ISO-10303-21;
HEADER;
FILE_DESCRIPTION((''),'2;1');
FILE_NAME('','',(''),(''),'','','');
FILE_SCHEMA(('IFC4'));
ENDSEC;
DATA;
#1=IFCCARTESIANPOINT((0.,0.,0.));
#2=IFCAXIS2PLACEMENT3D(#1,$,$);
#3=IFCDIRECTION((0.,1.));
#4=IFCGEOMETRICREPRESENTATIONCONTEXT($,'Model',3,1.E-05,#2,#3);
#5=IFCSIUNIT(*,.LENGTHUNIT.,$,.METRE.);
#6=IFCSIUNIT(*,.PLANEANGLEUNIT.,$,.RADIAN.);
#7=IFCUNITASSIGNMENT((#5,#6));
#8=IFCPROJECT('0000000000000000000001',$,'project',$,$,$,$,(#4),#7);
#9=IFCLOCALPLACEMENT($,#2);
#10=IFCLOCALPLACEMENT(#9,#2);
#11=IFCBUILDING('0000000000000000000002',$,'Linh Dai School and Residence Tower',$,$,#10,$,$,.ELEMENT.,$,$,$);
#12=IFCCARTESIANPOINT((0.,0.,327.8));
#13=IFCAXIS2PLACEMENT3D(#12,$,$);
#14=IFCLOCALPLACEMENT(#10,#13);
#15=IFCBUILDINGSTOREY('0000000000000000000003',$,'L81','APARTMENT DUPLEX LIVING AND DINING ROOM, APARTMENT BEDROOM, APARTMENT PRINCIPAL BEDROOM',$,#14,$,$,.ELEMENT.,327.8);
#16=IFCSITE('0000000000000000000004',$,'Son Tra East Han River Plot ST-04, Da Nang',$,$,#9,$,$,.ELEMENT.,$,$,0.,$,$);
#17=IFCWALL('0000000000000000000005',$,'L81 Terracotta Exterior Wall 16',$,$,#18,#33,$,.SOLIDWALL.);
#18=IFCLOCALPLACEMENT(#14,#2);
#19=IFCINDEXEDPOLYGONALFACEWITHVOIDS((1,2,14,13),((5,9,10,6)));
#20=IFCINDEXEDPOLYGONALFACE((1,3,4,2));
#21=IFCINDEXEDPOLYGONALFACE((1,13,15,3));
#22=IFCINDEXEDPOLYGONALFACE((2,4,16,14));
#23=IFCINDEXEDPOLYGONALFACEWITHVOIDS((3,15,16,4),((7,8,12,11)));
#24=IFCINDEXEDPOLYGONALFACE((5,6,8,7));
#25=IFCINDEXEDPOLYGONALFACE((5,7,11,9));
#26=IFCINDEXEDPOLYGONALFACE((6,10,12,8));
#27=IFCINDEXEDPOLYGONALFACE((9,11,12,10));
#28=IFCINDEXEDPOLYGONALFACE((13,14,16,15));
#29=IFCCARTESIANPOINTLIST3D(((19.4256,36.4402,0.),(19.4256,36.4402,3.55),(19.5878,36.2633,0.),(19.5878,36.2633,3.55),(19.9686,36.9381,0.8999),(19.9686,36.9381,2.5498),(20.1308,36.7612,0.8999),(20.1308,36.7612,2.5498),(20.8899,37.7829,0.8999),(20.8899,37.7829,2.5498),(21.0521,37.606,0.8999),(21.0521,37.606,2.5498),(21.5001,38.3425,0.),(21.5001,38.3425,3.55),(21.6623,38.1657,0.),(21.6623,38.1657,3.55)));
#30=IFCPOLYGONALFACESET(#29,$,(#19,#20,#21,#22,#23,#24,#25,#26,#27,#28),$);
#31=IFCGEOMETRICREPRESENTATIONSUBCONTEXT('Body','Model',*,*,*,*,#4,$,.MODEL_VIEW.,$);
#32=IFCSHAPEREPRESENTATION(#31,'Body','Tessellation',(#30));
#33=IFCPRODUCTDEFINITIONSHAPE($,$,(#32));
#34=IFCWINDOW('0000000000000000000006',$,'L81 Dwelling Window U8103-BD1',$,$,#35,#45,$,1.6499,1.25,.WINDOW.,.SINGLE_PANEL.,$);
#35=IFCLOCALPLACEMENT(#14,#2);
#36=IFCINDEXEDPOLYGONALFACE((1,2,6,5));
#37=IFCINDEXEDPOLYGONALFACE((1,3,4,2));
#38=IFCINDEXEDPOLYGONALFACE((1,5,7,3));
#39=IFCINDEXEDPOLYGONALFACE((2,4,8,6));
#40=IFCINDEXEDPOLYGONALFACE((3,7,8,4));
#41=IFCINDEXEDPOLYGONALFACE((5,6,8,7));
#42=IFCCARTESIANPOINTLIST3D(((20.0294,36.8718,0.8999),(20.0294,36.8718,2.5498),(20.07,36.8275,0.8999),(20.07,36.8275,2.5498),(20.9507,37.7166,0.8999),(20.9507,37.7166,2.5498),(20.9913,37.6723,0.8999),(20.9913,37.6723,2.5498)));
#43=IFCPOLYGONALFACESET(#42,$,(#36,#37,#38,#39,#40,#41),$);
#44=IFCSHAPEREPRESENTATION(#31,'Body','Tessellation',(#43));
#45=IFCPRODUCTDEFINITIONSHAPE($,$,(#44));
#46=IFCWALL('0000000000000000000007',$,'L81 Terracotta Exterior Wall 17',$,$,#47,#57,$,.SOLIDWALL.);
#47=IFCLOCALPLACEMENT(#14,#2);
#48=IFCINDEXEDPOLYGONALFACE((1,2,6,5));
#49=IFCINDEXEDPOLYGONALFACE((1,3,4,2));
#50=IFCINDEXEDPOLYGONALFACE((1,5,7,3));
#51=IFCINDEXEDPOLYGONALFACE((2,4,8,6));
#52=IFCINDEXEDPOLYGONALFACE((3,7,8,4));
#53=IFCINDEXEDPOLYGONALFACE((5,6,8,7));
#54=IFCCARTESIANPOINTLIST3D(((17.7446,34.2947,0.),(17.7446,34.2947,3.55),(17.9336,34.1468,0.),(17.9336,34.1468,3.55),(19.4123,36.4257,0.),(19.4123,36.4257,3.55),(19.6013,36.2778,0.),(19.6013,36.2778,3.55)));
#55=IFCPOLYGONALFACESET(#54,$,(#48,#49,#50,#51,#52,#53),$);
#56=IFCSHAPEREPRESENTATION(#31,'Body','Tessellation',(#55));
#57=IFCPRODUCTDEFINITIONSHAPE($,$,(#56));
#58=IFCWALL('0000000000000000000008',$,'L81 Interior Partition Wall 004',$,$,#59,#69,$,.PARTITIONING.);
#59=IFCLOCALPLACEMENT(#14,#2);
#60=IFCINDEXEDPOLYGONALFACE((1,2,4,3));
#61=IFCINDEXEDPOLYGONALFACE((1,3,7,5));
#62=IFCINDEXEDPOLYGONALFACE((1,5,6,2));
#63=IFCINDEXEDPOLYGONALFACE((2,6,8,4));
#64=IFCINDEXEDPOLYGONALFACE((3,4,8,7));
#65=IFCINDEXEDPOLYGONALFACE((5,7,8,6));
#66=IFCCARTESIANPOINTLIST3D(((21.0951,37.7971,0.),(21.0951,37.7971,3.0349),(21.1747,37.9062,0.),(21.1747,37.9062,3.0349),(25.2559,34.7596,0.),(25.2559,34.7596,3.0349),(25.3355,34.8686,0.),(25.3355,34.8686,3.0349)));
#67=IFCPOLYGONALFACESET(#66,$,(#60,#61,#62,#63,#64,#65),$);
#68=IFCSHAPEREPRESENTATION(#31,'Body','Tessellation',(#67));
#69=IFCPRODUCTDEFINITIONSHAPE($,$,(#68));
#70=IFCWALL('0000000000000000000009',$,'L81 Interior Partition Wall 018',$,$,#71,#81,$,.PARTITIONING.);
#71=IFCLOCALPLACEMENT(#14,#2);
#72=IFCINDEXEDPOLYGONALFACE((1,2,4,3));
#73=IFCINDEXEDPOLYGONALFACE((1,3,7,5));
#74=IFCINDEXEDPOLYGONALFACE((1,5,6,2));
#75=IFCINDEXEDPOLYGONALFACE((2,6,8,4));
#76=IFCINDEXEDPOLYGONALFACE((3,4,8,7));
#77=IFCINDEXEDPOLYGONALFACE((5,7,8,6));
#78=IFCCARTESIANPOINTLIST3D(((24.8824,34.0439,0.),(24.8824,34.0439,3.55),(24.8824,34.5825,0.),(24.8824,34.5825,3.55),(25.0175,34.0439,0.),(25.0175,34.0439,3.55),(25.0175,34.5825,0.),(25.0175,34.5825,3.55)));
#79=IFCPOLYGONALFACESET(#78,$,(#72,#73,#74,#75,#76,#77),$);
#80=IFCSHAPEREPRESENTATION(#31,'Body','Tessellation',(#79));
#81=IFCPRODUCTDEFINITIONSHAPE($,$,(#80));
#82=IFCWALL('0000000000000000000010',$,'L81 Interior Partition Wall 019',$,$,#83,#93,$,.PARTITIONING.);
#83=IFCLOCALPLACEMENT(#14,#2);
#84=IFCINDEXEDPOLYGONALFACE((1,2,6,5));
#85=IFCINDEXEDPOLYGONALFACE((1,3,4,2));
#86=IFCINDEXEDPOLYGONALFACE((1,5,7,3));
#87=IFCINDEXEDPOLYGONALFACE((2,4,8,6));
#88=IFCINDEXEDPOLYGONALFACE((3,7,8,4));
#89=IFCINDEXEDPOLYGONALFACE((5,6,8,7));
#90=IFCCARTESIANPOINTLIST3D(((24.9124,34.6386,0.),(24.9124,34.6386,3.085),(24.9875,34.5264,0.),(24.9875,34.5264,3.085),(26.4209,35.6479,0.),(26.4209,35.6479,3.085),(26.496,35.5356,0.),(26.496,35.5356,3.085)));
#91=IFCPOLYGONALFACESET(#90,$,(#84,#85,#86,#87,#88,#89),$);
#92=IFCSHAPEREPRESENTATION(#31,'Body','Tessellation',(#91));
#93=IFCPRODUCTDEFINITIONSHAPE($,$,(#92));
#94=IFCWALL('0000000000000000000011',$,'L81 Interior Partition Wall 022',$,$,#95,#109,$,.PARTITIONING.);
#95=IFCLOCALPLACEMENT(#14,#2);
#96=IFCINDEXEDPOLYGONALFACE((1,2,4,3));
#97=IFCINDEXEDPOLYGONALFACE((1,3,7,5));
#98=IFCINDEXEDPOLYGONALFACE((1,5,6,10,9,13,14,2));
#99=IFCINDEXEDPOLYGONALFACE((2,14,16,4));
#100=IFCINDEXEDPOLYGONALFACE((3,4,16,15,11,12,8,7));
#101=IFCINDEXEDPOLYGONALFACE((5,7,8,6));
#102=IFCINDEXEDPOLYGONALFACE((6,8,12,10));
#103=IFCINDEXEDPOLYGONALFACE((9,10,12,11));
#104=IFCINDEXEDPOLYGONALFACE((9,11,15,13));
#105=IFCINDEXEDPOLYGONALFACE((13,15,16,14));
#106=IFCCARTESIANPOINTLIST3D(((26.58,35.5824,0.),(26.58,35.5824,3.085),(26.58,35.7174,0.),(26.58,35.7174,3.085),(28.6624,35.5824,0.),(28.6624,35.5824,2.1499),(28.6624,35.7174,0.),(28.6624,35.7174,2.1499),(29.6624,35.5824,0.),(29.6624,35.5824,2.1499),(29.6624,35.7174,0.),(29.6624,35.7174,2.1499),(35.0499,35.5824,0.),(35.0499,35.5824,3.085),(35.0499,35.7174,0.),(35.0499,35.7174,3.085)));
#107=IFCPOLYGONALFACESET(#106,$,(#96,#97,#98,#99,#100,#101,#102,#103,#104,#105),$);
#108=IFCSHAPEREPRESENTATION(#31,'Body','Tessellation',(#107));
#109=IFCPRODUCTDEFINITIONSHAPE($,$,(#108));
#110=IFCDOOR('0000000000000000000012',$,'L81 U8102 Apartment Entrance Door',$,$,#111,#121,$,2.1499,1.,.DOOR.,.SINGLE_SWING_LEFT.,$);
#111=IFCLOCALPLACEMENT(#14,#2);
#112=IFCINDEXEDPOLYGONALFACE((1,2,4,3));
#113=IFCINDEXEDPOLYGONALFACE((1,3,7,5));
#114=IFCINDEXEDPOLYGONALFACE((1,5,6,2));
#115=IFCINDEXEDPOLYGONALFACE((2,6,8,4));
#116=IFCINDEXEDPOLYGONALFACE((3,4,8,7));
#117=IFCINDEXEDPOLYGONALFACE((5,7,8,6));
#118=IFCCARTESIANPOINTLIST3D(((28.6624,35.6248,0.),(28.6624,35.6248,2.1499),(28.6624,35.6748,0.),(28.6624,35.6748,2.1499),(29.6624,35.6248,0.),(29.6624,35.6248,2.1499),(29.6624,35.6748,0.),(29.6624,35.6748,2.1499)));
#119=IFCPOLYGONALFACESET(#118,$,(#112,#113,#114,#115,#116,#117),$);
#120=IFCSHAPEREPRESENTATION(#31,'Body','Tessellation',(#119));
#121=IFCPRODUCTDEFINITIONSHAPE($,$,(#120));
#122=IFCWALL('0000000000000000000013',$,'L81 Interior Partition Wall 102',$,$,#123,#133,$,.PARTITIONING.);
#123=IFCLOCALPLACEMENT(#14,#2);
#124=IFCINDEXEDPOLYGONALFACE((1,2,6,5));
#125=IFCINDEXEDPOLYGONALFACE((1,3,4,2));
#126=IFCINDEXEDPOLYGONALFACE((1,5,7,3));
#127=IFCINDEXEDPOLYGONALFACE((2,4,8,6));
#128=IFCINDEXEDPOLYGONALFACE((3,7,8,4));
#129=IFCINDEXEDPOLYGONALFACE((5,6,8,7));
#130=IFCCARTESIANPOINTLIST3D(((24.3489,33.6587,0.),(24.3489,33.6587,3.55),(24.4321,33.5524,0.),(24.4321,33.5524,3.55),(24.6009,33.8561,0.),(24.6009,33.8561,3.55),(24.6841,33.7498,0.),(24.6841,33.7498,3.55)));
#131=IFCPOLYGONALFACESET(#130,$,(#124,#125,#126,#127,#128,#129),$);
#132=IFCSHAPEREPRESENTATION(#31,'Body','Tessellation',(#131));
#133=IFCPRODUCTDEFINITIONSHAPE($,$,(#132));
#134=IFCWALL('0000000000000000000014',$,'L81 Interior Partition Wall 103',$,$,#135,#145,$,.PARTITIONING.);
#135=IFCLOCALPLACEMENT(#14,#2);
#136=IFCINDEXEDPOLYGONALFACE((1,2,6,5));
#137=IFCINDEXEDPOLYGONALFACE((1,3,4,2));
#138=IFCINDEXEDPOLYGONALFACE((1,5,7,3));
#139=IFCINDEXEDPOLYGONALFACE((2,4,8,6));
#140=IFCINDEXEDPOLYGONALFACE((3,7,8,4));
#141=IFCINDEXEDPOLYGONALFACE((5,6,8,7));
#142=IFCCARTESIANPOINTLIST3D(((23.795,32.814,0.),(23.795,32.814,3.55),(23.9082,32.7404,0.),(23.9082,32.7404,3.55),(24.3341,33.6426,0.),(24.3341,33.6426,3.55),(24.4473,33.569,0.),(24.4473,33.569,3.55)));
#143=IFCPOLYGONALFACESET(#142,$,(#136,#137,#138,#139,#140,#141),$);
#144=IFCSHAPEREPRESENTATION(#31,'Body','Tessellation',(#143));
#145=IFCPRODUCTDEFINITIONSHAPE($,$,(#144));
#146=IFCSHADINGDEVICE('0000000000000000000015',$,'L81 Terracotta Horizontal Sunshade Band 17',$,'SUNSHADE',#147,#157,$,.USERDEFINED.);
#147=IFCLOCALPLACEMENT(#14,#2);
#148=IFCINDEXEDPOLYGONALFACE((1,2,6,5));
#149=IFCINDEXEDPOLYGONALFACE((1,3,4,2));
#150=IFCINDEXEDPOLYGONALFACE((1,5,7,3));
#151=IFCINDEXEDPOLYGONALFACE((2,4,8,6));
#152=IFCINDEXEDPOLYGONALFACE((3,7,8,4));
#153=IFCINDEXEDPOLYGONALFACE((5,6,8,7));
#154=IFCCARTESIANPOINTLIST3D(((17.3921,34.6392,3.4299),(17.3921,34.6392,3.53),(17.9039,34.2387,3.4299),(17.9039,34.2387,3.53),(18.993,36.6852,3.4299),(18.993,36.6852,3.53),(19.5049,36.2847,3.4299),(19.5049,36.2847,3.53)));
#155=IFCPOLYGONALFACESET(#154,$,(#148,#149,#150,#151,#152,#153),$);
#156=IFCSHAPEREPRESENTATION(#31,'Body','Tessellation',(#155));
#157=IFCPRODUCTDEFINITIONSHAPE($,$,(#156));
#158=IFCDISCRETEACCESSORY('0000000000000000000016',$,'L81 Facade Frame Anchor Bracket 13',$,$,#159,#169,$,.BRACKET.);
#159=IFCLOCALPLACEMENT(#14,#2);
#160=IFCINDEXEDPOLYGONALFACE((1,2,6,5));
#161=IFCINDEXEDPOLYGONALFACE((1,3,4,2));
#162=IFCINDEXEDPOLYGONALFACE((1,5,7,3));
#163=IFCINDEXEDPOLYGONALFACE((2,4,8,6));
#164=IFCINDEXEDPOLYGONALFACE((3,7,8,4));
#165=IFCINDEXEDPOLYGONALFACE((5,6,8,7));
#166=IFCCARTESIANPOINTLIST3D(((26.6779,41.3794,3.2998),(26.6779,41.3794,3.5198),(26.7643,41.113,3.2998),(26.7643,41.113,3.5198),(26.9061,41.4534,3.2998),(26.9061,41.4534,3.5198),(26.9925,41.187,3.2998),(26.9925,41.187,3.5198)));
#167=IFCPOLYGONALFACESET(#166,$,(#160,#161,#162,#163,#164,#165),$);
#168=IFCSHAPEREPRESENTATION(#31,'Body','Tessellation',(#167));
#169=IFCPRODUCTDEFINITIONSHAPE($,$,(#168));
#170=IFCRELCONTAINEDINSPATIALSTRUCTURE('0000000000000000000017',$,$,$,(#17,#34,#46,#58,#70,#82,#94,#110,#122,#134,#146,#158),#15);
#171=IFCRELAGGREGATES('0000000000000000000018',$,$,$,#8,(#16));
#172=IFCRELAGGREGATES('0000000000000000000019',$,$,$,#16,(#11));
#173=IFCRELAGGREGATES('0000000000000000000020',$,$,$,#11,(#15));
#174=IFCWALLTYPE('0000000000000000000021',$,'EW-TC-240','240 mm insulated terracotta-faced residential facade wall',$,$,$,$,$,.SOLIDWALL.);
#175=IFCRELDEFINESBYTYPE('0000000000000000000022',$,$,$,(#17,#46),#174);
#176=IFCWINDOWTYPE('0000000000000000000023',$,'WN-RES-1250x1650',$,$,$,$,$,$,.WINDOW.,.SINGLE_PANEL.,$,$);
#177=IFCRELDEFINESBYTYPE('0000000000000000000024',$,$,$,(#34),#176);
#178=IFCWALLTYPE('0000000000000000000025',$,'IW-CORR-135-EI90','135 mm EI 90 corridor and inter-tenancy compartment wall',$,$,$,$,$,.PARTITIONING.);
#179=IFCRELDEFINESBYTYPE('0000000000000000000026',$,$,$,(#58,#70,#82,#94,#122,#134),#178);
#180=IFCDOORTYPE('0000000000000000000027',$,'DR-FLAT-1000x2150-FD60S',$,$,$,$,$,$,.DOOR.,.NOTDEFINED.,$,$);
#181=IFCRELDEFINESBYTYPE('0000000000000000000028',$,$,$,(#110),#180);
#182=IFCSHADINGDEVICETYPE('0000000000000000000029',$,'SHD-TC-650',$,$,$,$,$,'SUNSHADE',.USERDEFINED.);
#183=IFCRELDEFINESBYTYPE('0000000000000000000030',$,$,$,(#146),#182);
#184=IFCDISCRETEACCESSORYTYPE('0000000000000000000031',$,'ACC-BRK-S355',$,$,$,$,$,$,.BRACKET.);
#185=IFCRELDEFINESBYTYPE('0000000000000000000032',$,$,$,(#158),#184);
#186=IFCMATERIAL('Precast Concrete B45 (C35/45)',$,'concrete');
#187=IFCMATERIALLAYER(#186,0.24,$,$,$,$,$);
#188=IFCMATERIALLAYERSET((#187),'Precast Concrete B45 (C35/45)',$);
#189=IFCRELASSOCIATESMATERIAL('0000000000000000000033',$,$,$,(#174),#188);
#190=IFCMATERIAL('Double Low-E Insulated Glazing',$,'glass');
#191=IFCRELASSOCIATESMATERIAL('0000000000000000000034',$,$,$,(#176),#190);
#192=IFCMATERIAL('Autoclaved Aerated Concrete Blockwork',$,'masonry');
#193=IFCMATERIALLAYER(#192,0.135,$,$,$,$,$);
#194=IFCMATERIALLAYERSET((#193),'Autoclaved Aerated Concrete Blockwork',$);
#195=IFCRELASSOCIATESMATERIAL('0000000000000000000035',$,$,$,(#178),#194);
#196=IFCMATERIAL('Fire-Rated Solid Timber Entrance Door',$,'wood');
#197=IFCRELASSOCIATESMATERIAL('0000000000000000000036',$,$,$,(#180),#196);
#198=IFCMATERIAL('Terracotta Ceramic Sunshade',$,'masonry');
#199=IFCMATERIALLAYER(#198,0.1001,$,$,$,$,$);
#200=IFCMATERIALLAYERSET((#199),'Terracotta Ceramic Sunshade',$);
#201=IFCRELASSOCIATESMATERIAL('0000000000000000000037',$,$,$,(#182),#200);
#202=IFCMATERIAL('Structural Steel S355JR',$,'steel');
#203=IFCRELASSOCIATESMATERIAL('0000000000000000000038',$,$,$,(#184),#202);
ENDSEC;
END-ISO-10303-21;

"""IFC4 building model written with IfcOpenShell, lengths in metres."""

from ifc_helpers import new_model, si_unit, direction, frame, frame_2d, origin, origin_2d, place, context, subcontext, project, spatial, rectangle, extrude, source, transform, mapped, material, layer, layer_set, type_object, element, fill, save


model = new_model("IFC4")

# Units and contexts
model_context = context("Model", 3, precision=1e-05, world=origin(), true_north=direction((0.0, 1.0)))
body_context = subcontext(model_context, "Body", "Model", "MODEL_VIEW")
ifc_project = project(units=[si_unit("LENGTHUNIT", "METRE"), si_unit("PLANEANGLEUNIT", "RADIAN")], contexts=[model_context])

# Site, building, storey
site_placement = place(None, origin())
site = spatial("IfcSite", under=ifc_project, at=site_placement, Name="Son Tra East Han River Plot ST-04, Da Nang", CompositionType="ELEMENT", RefElevation=0.0)
building_placement = place(site_placement, origin())
building = spatial("IfcBuilding", under=site, at=building_placement, Name="Linh Dai School and Residence Tower", CompositionType="ELEMENT")
storey_placement = place(building_placement, frame((0.0, 0.0, 327.8)))
storey = spatial("IfcBuildingStorey", under=building, at=storey_placement, Name="L81", Description="APARTMENT DUPLEX LIVING AND DINING ROOM, APARTMENT BEDROOM, APARTMENT PRINCIPAL BEDROOM", CompositionType="ELEMENT", Elevation=327.8)

# Shared definitions
ifc_material_1 = material(Name="Structural Steel S355JR", Category="steel")

# Shared definitions
ifc_material_2 = material(Name="Precast Concrete B45 (C35/45)", Category="concrete")

# Shared definitions
ifc_layer_1 = layer(ifc_material_2, 0.24)
ifc_layer_set_1 = layer_set([ifc_layer_1], Name="Precast Concrete B45 (C35/45)")
wall_type_1 = type_object("IfcWallType", Name="EW-TC-240", Description="240 mm insulated terracotta-faced residential facade wall", PredefinedType="SOLIDWALL", material=ifc_layer_set_1)

# Wall, opening, window
ifc_material_3 = material(Name="Double Low-E Insulated Glazing", Category="glass")
window_type = type_object("IfcWindowType", Name="WN-RES-1250x1650", PartitioningType="SINGLE_PANEL", PredefinedType="WINDOW", material=ifc_material_3)
shared_shape_1 = source(origin(), body_context, "Body", "SweptSolid", [
    extrude(rectangle(XDim=1.25, YDim=1.6499, at=origin_2d()), frame((0.625, 0.03, 0.825), z_axis=(0.0, -1.0, 0.0), x_axis=(1.0, 0.0, 0.0)), (0.0, 0.0, 1.0), 0.0601),
])
wall_1_placement = place(storey_placement, frame((19.5068, 36.3518, 0.0), z_axis=(0.0, 0.0, 1.0), x_axis=(0.737021, 0.67587, 0.0)))
wall_1 = element("IfcWall", 1, at=wall_1_placement, inside=storey, type_object=wall_type_1, Name="L81 Terracotta Exterior Wall 16", PredefinedType="SOLIDWALL", context=body_context, shape_type="SweptSolid", body=[
    extrude(rectangle(XDim=2.8147, YDim=0.24, at=frame_2d((1.4072, 0.0))), origin(), (0.0, 0.0, 1.0), 3.55),
])
opening_1_placement = place(wall_1_placement, frame((0.7366, 0.0, 0.8999)))
opening_1 = element("IfcOpeningElement", 2, at=opening_1_placement, cuts=wall_1, PredefinedType="OPENING", context=body_context, shape_type="SweptSolid", body=[
    extrude(rectangle(XDim=1.25, YDim=1.6499, at=origin_2d()), frame((0.625, 0.1299, 0.825), z_axis=(0.0, -1.0, 0.0), x_axis=(1.0, 0.0, 0.0)), (0.0, 0.0, 1.0), 0.26),
])
window_1_placement = place(opening_1_placement, origin())
window_1 = element("IfcWindow", 3, at=window_1_placement, inside=storey, type_object=window_type, Name="L81 Dwelling Window U8103-BD1", OverallHeight=1.6499, OverallWidth=1.25, PartitioningType="SINGLE_PANEL", PredefinedType="WINDOW", context=body_context, shape_type="MappedRepresentation", body=[
    mapped(shared_shape_1, transform((0.0, 0.0, 0.0), x_axis=(1.0, 0.0, 0.0), y_axis=(0.0, 1.0, 0.0), z_axis=(0.0, 0.0, 1.0), scale=1.0)),
])
fill(opening_1, window_1)

# Walls
wall_2_placement = place(storey_placement, frame((17.8391, 34.2207, 0.0), z_axis=(0.0, 0.0, 1.0), x_axis=(0.616286, 0.787522, 0.0)))
element("IfcWall", 4, at=wall_2_placement, inside=storey, type_object=wall_type_1, Name="L81 Terracotta Exterior Wall 17", PredefinedType="SOLIDWALL", context=body_context, shape_type="SweptSolid", body=[
    extrude(rectangle(XDim=2.7061, YDim=0.24, at=frame_2d((1.353, 0.0))), origin(), (0.0, 0.0, 1.0), 3.55),
])
ifc_material_4 = material(Name="Autoclaved Aerated Concrete Blockwork", Category="masonry")
ifc_layer_2 = layer(ifc_material_4, 0.135)
ifc_layer_set_2 = layer_set([ifc_layer_2], Name="Autoclaved Aerated Concrete Blockwork")
wall_type_2 = type_object("IfcWallType", Name="IW-CORR-135-EI90", Description="135 mm EI 90 corridor and inter-tenancy compartment wall", PredefinedType="PARTITIONING", material=ifc_layer_set_2)
wall_3_placement = place(storey_placement, frame((21.135, 37.8516, 0.0), z_axis=(0.0, 0.0, 1.0), x_axis=(0.807673, -0.58963, 0.0)))
element("IfcWall", 5, at=wall_3_placement, inside=storey, type_object=wall_type_2, Name="L81 Interior Partition Wall 004", PredefinedType="PARTITIONING", context=body_context, shape_type="SweptSolid", body=[
    extrude(rectangle(XDim=5.1516, YDim=0.135, at=frame_2d((2.5757, 0.0))), origin(), (0.0, 0.0, 1.0), 3.0349),
])
wall_4_placement = place(storey_placement, frame((24.95, 34.0439, 0.0), z_axis=(0.0, 0.0, 1.0), x_axis=(0.0, 1.0, 0.0)))
element("IfcWall", 6, at=wall_4_placement, inside=storey, type_object=wall_type_2, Name="L81 Interior Partition Wall 018", PredefinedType="PARTITIONING", context=body_context, shape_type="SweptSolid", body=[
    extrude(rectangle(XDim=0.5386, YDim=0.135, at=frame_2d((0.2693, 0.0))), origin(), (0.0, 0.0, 1.0), 3.55),
])
wall_5_placement = place(storey_placement, frame((24.95, 34.5825, 0.0), z_axis=(0.0, 0.0, 1.0), x_axis=(0.831139, 0.556065, 0.0)))
element("IfcWall", 7, at=wall_5_placement, inside=storey, type_object=wall_type_2, Name="L81 Interior Partition Wall 019", PredefinedType="PARTITIONING", context=body_context, shape_type="SweptSolid", body=[
    extrude(rectangle(XDim=1.8149, YDim=0.135, at=frame_2d((0.9075, 0.0))), origin(), (0.0, 0.0, 1.0), 3.085),
])

# Wall, opening, door
wall_6_placement = place(storey_placement, frame((26.5801, 35.6499, 0.0), z_axis=(0.0, 0.0, 1.0), x_axis=(1.0, 0.0, 0.0)))
wall_6 = element("IfcWall", 8, at=wall_6_placement, inside=storey, type_object=wall_type_2, Name="L81 Interior Partition Wall 022", PredefinedType="PARTITIONING", context=body_context, shape_type="SweptSolid", body=[
    extrude(rectangle(XDim=8.47, YDim=0.135, at=frame_2d((4.2349, 0.0))), origin(), (0.0, 0.0, 1.0), 3.085),
])
opening_2_placement = place(wall_6_placement, frame((2.0823, 0.0, 0.0)))
opening_2 = element("IfcOpeningElement", 9, at=opening_2_placement, cuts=wall_6, PredefinedType="OPENING", context=body_context, shape_type="SweptSolid", body=[
    extrude(rectangle(XDim=1.0, YDim=2.1499, at=origin_2d()), frame((0.5, 0.0776, 1.075), z_axis=(0.0, -1.0, 0.0), x_axis=(1.0, 0.0, 0.0)), (0.0, 0.0, 1.0), 0.155),
])
ifc_material_5 = material(Name="Fire-Rated Solid Timber Entrance Door", Category="wood")
door_type = type_object("IfcDoorType", Name="DR-FLAT-1000x2150-FD60S", OperationType="NOTDEFINED", PredefinedType="DOOR", material=ifc_material_5)
shared_shape_2 = source(origin(), body_context, "Body", "SweptSolid", [
    extrude(rectangle(XDim=1.0, YDim=2.1499, at=origin_2d()), frame((0.5, 0.0249, 1.075), z_axis=(0.0, -1.0, 0.0), x_axis=(1.0, 0.0, 0.0)), (0.0, 0.0, 1.0), 0.05),
])
door_placement = place(opening_2_placement, origin())
door = element("IfcDoor", 10, at=door_placement, inside=storey, type_object=door_type, Name="L81 U8102 Apartment Entrance Door", OperationType="SINGLE_SWING_LEFT", OverallHeight=2.1499, OverallWidth=1.0, PredefinedType="DOOR", context=body_context, shape_type="MappedRepresentation", body=[
    mapped(shared_shape_2, transform((0.0, 0.0, 0.0), x_axis=(1.0, 0.0, 0.0), y_axis=(0.0, 1.0, 0.0), z_axis=(0.0, 0.0, 1.0), scale=1.0)),
])
fill(opening_2, door)

# Walls
wall_7_placement = place(storey_placement, frame((24.6426, 33.803, 0.0), z_axis=(0.0, 0.0, 1.0), x_axis=(-0.787376, -0.616473, 0.0)))
element("IfcWall", 11, at=wall_7_placement, inside=storey, type_object=wall_type_2, Name="L81 Interior Partition Wall 102", PredefinedType="PARTITIONING", context=body_context, shape_type="SweptSolid", body=[
    extrude(rectangle(XDim=0.3201, YDim=0.135, at=frame_2d((0.1602, 0.0))), origin(), (0.0, 0.0, 1.0), 3.55),
])
wall_8_placement = place(storey_placement, frame((24.3906, 33.6057, 0.0), z_axis=(0.0, 0.0, 1.0), x_axis=(-0.545318, -0.838229, 0.0)))
element("IfcWall", 12, at=wall_8_placement, inside=storey, type_object=wall_type_2, Name="L81 Interior Partition Wall 103", PredefinedType="PARTITIONING", context=body_context, shape_type="SweptSolid", body=[
    extrude(rectangle(XDim=0.9885, YDim=0.135, at=frame_2d((0.4941, 0.0))), origin(), (0.0, 0.0, 1.0), 3.55),
])

# Shading device
ifc_material_6 = material(Name="Terracotta Ceramic Sunshade", Category="masonry")
ifc_layer_3 = layer(ifc_material_6, 0.1001)
ifc_layer_set_3 = layer_set([ifc_layer_3], Name="Terracotta Ceramic Sunshade")
shading_device_type = type_object("IfcShadingDeviceType", Name="SHD-TC-650", ElementType="SUNSHADE", PredefinedType="USERDEFINED", material=ifc_layer_set_3)
shared_shape_3 = source(origin(), body_context, "Body", "SweptSolid", [
    extrude(rectangle(XDim=2.5979, YDim=0.6499, at=origin_2d()), origin(), (0.0, 0.0, 1.0), 0.1001),
])
shading_device_placement = place(storey_placement, frame((18.4485, 35.4619, 3.4299), z_axis=(0.0, 0.0, 1.0), x_axis=(0.616247, 0.787553, 0.0)))
element("IfcShadingDevice", 13, at=shading_device_placement, inside=storey, type_object=shading_device_type, Name="L81 Terracotta Horizontal Sunshade Band 17", ObjectType="SUNSHADE", PredefinedType="USERDEFINED", context=body_context, shape_type="MappedRepresentation", body=[
    mapped(shared_shape_3, transform((0.0, 0.0, 0.0), x_axis=(1.0, 0.0, 0.0), y_axis=(0.0, 1.0, 0.0), z_axis=(0.0, 0.0, 1.0), scale=1.0)),
])

# Discrete accessory
discrete_accessory_type = type_object("IfcDiscreteAccessoryType", Name="ACC-BRK-S355", PredefinedType="BRACKET", material=ifc_material_1)
shared_shape_4 = source(origin(), body_context, "Body", "SweptSolid", [
    extrude(rectangle(XDim=0.28, YDim=0.24, at=origin_2d()), origin(), (0.0, 0.0, 1.0), 0.22),
])
for number, where, z_axis, x_axis, name in (
    (14, (26.8352, 41.2832, 3.2998), (0.0, 0.0, 1.0), (-0.308565, 0.951203, 0.0), "L81 Facade Frame Anchor Bracket 13"),
):
    element("IfcDiscreteAccessory", number, at=place(storey_placement, frame(where, z_axis=z_axis, x_axis=x_axis)), inside=storey, type_object=discrete_accessory_type, Name=name, PredefinedType="BRACKET", context=body_context, shape_type="MappedRepresentation", body=[
        mapped(shared_shape_4, transform((0.0, 0.0, 0.0), x_axis=(1.0, 0.0, 0.0), y_axis=(0.0, 1.0, 0.0), z_axis=(0.0, 0.0, 1.0), scale=1.0)),
    ])

save(model, "model.ifc")
